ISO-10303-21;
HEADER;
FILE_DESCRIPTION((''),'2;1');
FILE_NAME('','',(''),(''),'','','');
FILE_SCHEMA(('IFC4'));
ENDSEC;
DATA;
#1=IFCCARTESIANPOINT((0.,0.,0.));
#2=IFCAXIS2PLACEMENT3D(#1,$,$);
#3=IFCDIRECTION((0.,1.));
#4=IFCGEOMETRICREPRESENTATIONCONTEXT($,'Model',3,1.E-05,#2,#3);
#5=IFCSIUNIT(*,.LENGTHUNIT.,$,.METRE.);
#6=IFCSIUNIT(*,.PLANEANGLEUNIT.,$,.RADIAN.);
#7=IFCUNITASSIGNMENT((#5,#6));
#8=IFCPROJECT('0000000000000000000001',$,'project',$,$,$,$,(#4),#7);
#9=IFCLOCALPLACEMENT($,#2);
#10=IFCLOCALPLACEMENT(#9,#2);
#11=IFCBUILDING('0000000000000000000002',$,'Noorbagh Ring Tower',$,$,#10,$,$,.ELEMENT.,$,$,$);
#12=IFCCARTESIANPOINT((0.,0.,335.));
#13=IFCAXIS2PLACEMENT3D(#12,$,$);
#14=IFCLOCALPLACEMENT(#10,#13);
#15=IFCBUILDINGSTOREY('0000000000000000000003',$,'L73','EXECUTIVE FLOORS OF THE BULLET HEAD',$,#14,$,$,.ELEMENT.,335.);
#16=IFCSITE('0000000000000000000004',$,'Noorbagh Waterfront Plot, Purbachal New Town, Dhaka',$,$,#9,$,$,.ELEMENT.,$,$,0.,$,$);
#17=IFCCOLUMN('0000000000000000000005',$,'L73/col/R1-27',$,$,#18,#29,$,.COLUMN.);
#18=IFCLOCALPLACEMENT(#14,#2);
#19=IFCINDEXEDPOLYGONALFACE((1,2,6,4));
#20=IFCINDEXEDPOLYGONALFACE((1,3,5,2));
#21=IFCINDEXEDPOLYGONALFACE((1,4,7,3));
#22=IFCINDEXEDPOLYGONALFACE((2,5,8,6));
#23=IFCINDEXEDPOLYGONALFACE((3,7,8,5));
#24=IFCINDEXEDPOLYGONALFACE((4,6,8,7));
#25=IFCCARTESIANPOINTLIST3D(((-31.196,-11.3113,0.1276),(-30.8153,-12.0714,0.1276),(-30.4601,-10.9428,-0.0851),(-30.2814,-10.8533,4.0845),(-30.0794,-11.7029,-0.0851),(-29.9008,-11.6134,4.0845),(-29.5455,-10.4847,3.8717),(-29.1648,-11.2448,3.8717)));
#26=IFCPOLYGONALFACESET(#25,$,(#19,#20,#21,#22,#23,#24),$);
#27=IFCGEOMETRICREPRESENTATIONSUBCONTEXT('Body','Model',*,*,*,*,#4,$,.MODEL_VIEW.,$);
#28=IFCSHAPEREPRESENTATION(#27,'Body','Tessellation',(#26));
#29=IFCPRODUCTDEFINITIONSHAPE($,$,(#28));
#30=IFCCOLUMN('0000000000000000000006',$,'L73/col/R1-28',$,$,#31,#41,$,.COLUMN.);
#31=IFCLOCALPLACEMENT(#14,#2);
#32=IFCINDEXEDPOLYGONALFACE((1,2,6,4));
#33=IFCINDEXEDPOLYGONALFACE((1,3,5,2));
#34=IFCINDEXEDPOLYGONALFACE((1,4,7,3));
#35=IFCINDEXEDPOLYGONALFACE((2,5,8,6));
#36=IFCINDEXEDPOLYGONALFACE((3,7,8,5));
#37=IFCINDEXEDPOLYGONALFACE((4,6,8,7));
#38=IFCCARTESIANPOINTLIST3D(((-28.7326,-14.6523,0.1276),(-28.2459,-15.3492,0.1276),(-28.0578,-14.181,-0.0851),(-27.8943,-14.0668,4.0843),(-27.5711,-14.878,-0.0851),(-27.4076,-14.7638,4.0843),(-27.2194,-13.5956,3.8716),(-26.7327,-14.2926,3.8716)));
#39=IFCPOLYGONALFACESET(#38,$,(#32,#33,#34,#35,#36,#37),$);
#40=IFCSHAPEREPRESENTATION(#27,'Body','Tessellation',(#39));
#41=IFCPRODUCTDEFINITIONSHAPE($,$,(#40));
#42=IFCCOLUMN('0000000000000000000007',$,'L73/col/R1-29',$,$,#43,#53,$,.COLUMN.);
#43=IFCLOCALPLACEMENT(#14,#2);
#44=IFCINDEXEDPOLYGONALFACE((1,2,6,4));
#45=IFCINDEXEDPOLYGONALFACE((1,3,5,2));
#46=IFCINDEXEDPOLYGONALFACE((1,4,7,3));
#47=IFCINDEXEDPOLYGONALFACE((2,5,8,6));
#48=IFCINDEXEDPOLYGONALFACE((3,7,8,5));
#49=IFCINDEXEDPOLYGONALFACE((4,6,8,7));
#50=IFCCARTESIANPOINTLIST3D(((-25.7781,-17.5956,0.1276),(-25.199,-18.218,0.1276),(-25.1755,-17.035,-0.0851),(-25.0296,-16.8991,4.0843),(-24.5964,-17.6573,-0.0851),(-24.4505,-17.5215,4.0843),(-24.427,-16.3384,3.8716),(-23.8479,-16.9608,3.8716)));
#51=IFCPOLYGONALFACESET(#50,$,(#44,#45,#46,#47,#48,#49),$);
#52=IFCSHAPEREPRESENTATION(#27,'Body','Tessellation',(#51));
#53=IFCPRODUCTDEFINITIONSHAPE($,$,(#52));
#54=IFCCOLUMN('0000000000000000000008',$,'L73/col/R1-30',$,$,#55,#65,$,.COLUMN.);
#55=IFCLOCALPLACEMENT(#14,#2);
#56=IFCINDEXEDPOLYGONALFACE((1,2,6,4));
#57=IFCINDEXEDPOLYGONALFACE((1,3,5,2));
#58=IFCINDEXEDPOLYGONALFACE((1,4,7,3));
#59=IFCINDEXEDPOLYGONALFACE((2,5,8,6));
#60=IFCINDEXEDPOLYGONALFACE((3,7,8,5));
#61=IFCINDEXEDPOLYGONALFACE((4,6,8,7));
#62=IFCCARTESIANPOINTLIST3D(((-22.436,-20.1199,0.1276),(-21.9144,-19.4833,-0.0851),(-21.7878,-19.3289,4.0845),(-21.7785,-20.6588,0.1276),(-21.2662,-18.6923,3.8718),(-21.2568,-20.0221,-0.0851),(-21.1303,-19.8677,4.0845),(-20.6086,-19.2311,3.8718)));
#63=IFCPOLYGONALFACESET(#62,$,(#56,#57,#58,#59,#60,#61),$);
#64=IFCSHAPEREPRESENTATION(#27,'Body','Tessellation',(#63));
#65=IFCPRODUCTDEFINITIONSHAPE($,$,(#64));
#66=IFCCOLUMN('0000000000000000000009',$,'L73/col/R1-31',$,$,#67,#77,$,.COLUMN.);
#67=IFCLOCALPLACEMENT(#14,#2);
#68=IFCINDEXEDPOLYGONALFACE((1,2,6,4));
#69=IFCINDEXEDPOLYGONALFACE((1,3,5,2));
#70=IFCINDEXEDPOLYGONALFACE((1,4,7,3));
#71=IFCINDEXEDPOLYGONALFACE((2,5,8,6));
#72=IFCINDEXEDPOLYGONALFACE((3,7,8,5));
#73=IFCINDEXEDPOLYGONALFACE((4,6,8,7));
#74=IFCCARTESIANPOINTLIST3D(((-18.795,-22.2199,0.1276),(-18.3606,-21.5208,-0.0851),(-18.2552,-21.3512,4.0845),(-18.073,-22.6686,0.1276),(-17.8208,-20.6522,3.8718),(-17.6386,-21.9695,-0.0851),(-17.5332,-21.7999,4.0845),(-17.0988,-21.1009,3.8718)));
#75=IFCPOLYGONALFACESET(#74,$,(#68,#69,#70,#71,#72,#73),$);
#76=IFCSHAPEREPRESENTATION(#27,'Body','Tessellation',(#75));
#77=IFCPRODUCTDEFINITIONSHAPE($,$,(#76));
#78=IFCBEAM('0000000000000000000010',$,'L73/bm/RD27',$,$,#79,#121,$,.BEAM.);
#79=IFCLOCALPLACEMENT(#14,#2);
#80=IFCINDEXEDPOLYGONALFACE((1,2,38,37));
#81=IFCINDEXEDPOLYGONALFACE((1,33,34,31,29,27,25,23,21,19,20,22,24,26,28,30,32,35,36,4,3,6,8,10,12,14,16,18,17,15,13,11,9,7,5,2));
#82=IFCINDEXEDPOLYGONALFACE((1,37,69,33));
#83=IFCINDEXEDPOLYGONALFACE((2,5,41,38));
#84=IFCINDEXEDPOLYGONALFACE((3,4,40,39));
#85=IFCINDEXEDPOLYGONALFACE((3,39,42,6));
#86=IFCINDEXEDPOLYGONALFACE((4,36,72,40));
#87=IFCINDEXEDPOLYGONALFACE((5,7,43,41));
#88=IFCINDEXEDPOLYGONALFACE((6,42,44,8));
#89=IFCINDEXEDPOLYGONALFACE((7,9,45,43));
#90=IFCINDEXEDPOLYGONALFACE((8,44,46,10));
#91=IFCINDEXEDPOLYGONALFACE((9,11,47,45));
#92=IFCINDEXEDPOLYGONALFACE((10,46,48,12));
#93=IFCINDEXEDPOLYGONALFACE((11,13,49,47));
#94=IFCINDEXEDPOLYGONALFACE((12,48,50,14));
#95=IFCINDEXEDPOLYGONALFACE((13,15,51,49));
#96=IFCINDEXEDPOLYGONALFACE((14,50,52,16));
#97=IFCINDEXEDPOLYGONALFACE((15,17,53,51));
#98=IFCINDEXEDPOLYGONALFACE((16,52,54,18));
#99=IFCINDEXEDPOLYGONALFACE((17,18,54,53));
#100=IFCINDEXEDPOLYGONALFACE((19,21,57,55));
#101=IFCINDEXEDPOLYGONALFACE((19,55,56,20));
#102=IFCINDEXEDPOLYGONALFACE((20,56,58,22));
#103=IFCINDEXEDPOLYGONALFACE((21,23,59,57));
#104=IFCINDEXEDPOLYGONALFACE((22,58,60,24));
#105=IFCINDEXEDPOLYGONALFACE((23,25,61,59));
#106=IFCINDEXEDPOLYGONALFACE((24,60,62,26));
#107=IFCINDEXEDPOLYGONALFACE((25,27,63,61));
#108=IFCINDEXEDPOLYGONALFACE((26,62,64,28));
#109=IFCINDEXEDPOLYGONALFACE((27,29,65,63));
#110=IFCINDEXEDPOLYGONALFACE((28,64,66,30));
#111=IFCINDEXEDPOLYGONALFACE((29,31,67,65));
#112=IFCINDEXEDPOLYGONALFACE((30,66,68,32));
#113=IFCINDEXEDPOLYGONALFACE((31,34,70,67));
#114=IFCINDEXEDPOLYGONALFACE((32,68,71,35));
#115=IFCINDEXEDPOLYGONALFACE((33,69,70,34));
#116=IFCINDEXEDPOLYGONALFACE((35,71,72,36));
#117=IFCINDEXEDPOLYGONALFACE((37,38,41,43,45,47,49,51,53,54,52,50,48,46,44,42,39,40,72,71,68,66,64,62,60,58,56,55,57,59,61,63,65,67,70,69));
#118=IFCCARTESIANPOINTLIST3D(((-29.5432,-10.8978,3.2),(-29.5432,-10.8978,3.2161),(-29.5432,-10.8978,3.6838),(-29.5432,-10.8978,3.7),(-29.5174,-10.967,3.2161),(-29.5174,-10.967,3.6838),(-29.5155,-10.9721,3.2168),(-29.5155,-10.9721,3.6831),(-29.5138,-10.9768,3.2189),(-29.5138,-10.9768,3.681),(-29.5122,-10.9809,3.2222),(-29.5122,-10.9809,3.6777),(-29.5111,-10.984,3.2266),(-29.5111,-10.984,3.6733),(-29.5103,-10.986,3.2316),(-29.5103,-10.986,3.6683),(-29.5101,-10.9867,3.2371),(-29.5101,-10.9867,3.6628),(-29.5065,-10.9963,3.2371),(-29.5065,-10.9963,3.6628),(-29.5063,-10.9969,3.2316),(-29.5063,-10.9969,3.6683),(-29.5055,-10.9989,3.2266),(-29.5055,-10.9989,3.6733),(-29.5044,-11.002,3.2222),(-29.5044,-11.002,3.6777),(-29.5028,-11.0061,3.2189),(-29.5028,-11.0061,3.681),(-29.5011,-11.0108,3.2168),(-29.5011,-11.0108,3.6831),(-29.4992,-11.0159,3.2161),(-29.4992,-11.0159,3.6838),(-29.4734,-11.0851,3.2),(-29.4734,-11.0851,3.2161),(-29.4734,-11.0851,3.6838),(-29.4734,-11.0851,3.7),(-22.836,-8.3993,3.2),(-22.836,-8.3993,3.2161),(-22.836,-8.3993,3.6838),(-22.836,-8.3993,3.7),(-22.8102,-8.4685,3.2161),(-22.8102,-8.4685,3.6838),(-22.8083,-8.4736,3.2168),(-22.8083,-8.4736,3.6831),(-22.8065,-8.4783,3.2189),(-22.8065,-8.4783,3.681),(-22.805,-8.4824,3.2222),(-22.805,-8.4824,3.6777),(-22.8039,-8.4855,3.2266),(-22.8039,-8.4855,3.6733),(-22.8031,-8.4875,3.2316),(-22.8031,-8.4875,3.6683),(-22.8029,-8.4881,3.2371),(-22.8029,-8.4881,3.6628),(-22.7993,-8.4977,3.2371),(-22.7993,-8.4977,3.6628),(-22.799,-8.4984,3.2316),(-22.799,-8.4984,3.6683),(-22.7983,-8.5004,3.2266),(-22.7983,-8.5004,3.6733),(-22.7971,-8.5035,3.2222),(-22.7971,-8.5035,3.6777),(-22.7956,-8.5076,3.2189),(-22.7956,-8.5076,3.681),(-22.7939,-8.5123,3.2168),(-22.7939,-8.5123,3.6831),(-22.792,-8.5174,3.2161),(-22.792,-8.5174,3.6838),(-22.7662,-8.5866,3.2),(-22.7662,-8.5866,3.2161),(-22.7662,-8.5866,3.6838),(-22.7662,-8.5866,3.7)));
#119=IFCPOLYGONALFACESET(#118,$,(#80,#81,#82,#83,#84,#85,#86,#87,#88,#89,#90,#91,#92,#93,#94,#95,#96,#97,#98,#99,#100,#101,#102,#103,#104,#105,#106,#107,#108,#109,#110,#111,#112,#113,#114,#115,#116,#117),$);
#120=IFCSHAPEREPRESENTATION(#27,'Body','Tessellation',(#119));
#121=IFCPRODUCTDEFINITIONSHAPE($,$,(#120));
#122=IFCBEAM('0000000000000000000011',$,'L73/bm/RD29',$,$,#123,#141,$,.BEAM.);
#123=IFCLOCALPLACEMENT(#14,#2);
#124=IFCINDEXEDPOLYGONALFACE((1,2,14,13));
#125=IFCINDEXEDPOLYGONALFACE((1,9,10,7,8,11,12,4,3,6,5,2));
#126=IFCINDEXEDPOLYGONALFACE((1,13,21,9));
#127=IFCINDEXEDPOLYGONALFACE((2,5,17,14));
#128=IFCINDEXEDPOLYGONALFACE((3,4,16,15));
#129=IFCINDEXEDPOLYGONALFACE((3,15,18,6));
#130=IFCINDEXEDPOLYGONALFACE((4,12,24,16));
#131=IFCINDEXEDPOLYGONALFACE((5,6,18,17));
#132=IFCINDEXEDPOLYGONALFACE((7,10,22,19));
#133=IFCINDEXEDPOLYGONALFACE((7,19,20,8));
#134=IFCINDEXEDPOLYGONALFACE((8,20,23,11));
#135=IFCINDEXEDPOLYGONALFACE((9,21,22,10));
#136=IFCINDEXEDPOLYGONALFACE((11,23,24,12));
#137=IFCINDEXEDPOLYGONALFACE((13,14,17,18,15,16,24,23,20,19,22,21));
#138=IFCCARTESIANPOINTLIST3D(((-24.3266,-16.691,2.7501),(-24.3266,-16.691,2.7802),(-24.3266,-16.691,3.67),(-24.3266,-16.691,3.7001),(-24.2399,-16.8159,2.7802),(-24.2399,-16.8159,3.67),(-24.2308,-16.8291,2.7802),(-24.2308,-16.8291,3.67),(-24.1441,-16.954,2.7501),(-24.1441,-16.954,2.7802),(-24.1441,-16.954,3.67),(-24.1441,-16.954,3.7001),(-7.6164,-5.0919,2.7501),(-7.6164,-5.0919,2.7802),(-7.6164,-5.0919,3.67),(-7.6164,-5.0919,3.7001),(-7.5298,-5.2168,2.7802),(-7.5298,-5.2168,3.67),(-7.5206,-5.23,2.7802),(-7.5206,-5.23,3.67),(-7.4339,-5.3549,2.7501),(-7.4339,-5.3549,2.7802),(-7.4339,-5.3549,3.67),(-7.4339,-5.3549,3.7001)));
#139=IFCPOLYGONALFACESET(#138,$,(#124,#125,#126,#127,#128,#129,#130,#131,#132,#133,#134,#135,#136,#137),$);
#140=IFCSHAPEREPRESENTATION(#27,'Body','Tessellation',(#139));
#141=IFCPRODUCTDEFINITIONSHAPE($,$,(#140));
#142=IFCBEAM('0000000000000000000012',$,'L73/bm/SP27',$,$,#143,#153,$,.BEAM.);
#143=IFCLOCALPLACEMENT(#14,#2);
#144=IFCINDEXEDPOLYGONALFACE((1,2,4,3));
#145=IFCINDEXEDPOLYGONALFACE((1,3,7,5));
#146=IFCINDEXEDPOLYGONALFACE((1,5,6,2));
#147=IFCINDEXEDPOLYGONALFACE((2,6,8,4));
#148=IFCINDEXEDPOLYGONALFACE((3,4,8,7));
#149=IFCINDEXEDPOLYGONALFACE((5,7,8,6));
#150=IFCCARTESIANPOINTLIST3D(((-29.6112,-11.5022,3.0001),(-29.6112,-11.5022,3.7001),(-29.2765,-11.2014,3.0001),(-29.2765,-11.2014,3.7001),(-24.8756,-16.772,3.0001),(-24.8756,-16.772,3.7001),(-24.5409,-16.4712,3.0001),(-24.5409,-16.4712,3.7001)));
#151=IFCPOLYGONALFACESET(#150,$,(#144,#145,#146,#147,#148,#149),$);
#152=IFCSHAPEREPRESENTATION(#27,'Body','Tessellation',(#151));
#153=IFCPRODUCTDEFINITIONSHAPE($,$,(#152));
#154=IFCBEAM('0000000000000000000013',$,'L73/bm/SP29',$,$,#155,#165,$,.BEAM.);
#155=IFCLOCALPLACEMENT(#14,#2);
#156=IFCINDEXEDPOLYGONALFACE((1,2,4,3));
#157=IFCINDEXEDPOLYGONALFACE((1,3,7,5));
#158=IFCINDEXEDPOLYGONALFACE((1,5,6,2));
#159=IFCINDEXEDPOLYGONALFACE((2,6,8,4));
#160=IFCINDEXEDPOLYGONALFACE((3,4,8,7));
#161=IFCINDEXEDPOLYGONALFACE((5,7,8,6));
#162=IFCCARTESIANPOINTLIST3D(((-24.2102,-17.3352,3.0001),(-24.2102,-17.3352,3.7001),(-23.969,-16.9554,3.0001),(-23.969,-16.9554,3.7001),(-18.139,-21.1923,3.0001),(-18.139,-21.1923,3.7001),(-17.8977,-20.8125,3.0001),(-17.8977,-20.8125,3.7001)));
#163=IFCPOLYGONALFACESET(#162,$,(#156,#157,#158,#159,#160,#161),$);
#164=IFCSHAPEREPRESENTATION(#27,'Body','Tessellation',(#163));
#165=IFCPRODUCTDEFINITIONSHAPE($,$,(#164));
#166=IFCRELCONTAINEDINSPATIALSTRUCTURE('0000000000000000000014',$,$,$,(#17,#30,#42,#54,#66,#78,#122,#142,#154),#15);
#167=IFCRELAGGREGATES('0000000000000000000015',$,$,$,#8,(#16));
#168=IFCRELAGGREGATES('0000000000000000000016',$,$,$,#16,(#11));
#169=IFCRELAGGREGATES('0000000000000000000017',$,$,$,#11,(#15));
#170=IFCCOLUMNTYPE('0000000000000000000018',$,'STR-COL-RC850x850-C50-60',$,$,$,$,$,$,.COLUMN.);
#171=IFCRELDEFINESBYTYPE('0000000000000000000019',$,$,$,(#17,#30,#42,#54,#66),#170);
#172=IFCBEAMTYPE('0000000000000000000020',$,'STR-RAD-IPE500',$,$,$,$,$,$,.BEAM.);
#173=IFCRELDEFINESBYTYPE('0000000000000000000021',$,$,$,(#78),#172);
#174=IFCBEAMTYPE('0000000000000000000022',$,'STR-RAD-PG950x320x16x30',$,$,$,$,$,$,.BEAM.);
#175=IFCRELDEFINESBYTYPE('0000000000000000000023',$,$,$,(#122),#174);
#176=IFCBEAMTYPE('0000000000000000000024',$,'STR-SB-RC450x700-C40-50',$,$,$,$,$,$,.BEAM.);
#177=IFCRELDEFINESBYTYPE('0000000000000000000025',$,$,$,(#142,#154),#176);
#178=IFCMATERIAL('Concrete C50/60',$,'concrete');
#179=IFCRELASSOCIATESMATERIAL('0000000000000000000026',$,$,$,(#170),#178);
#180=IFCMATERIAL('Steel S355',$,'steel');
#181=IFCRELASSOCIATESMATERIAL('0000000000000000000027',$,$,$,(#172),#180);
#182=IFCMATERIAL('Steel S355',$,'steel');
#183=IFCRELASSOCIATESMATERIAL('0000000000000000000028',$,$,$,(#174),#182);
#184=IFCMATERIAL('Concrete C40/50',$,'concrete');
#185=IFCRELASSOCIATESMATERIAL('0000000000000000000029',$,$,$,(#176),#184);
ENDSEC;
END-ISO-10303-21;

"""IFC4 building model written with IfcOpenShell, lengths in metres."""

from ifc_helpers import new_model, si_unit, direction, frame, origin, origin_2d, place, context, subcontext, project, spatial, rectangle, i_section, extrude, material, material_profile, profile_set, type_object, element, save


model = new_model("IFC4")

# Units and contexts
model_context = context("Model", 3, precision=1e-05, world=origin(), true_north=direction((0.0, 1.0)))
body_context = subcontext(model_context, "Body", "Model", "MODEL_VIEW")
ifc_project = project(units=[si_unit("LENGTHUNIT", "METRE"), si_unit("PLANEANGLEUNIT", "RADIAN")], contexts=[model_context])

# Site, building, storey
site_placement = place(None, origin())
site = spatial("IfcSite", under=ifc_project, at=site_placement, Name="Noorbagh Waterfront Plot, Purbachal New Town, Dhaka", CompositionType="ELEMENT", RefElevation=0.0)
building_placement = place(site_placement, origin())
building = spatial("IfcBuilding", under=site, at=building_placement, Name="Noorbagh Ring Tower", CompositionType="ELEMENT")
storey_placement = place(building_placement, frame((0.0, 0.0, 335.0)))
storey = spatial("IfcBuildingStorey", under=building, at=storey_placement, Name="L73", Description="EXECUTIVE FLOORS OF THE BULLET HEAD", CompositionType="ELEMENT", Elevation=335.0)

# Columns
ifc_material_1 = material(Name="Concrete C50/60", Category="concrete")
ifc_material_profile_1 = material_profile(ifc_material_1, rectangle(XDim=0.8501, YDim=0.8501, at=origin_2d()), Name="RC850x850")
ifc_profile_set_1 = profile_set([ifc_material_profile_1], Name="Concrete C50/60")
column_type = type_object("IfcColumnType", Name="STR-COL-RC850x850-C50-60", PredefinedType="COLUMN", material=ifc_profile_set_1)
column_placement = place(storey_placement, frame((-30.6377, -11.5071, 0.0212), z_axis=(0.223779, 0.112069, 0.968175), x_axis=(-0.447786, 0.894141, 0.0)))
element("IfcColumn", 1, at=column_placement, inside=storey, type_object=column_type, Name="L73/col/R1-27", PredefinedType="COLUMN", context=body_context, shape_type="SweptSolid", body=[
    extrude(rectangle(XDim=0.8501, YDim=0.8501, at=origin_2d()), origin(), (0.0, 0.0, 1.0), 4.0869),
])
for number, where, z_axis, x_axis, name in (
    (2, (-28.1519, -14.7651, 0.0212), (0.205144, 0.143254, 0.968191), (-0.572533, 0.819882, 0.0), "L73/col/R1-28"),
    (3, (-25.1873, -17.6265, 0.0212), (0.183161, 0.170436, 0.968196), (-0.68122, 0.732079, 0.0), "L73/col/R1-29"),
):
    element("IfcColumn", number, at=place(storey_placement, frame(where, z_axis=z_axis, x_axis=x_axis)), inside=storey, type_object=column_type, Name=name, PredefinedType="COLUMN", context=body_context, shape_type="SweptSolid", body=[
        extrude(rectangle(XDim=0.8501, YDim=0.8501, at=origin_2d()), origin(), (0.0, 0.0, 1.0), 4.0867),
    ])
for number, where, z_axis, x_axis, name in (
    (4, (-21.8464, -20.071, 0.0212), (0.158606, 0.193553, 0.968184), (-0.773478, 0.633823, 0.0), "L73/col/R1-30"),
    (5, (-18.2168, -22.0947, 0.0212), (0.132082, 0.21255, 0.968182), (-0.849363, 0.527808, 0.0), "L73/col/R1-31"),
):
    element("IfcColumn", number, at=place(storey_placement, frame(where, z_axis=z_axis, x_axis=x_axis)), inside=storey, type_object=column_type, Name=name, PredefinedType="COLUMN", context=body_context, shape_type="SweptSolid", body=[
        extrude(rectangle(XDim=0.8501, YDim=0.8501, at=origin_2d()), origin(), (0.0, 0.0, 1.0), 4.0869),
    ])

# Beams
ifc_material_2 = material(Name="Steel S355", Category="steel")
ifc_material_profile_2 = material_profile(ifc_material_2, i_section(OverallWidth=0.2, OverallDepth=0.5, WebThickness=0.0103, FlangeThickness=0.0161, FilletRadius=0.021, at=origin_2d()), Name="IPE500")
ifc_profile_set_2 = profile_set([ifc_material_profile_2], Name="Steel S355")
beam_type_1 = type_object("IfcBeamType", Name="STR-RAD-IPE500", PredefinedType="BEAM", material=ifc_profile_set_2)
beam_1_placement = place(storey_placement, frame((-29.5083, -10.9915, 3.45), z_axis=(0.937094, 0.349078, 0.0), x_axis=(-0.349078, 0.937094, 0.0)))
element("IfcBeam", 6, at=beam_1_placement, inside=storey, type_object=beam_type_1, Name="L73/bm/RD27", PredefinedType="BEAM", context=body_context, shape_type="SweptSolid", body=[
    extrude(i_section(OverallWidth=0.2, OverallDepth=0.5, WebThickness=0.0103, FlangeThickness=0.0161, FilletRadius=0.021, at=origin_2d()), origin(), (0.0, 0.0, 1.0), 7.1575),
])
ifc_material_3 = material(Name="Steel S355", Category="steel")
ifc_material_profile_3 = material_profile(ifc_material_3, i_section(OverallWidth=0.3201, OverallDepth=0.95, WebThickness=0.0161, FlangeThickness=0.03, at=origin_2d()), Name="PG950x320x16x30")
ifc_profile_set_3 = profile_set([ifc_material_profile_3], Name="Steel S355")
beam_type_2 = type_object("IfcBeamType", Name="STR-RAD-PG950x320x16x30", PredefinedType="BEAM", material=ifc_profile_set_3)
beam_2_placement = place(storey_placement, frame((-24.2354, -16.8225, 3.2251), z_axis=(0.821489, 0.570224, 0.0), x_axis=(-0.570224, 0.821489, 0.0)))
element("IfcBeam", 7, at=beam_2_placement, inside=storey, type_object=beam_type_2, Name="L73/bm/RD29", PredefinedType="BEAM", context=body_context, shape_type="SweptSolid", body=[
    extrude(i_section(OverallWidth=0.3201, OverallDepth=0.95, WebThickness=0.0161, FlangeThickness=0.03, at=origin_2d()), origin(), (0.0, 0.0, 1.0), 20.3413),
])
ifc_material_4 = material(Name="Concrete C40/50", Category="concrete")
ifc_material_profile_4 = material_profile(ifc_material_4, rectangle(XDim=0.45, YDim=0.7, at=origin_2d()), Name="RC450x700")
ifc_profile_set_4 = profile_set([ifc_material_profile_4], Name="Concrete C40/50")
beam_type_3 = type_object("IfcBeamType", Name="STR-SB-RC450x700-C40-50", PredefinedType="BEAM", material=ifc_profile_set_4)
beam_3_placement = place(storey_placement, frame((-29.4438, -11.3518, 3.3501), z_axis=(0.668403, -0.743799, 0.0), x_axis=(0.743799, 0.668403, 0.0)))
element("IfcBeam", 8, at=beam_3_placement, inside=storey, type_object=beam_type_3, Name="L73/bm/SP27", PredefinedType="BEAM", context=body_context, shape_type="SweptSolid", body=[
    extrude(rectangle(XDim=0.45, YDim=0.7, at=origin_2d()), origin(), (0.0, 0.0, 1.0), 7.085),
])
beam_4_placement = place(storey_placement, frame((-24.0896, -17.1453, 3.3501), z_axis=(0.844062, -0.536245, 0.0), x_axis=(0.536245, 0.844062, 0.0)))
element("IfcBeam", 9, at=beam_4_placement, inside=storey, type_object=beam_type_3, Name="L73/bm/SP29", PredefinedType="BEAM", context=body_context, shape_type="SweptSolid", body=[
    extrude(rectangle(XDim=0.45, YDim=0.7, at=origin_2d()), origin(), (0.0, 0.0, 1.0), 7.1929),
])

save(model, "model.ifc")
